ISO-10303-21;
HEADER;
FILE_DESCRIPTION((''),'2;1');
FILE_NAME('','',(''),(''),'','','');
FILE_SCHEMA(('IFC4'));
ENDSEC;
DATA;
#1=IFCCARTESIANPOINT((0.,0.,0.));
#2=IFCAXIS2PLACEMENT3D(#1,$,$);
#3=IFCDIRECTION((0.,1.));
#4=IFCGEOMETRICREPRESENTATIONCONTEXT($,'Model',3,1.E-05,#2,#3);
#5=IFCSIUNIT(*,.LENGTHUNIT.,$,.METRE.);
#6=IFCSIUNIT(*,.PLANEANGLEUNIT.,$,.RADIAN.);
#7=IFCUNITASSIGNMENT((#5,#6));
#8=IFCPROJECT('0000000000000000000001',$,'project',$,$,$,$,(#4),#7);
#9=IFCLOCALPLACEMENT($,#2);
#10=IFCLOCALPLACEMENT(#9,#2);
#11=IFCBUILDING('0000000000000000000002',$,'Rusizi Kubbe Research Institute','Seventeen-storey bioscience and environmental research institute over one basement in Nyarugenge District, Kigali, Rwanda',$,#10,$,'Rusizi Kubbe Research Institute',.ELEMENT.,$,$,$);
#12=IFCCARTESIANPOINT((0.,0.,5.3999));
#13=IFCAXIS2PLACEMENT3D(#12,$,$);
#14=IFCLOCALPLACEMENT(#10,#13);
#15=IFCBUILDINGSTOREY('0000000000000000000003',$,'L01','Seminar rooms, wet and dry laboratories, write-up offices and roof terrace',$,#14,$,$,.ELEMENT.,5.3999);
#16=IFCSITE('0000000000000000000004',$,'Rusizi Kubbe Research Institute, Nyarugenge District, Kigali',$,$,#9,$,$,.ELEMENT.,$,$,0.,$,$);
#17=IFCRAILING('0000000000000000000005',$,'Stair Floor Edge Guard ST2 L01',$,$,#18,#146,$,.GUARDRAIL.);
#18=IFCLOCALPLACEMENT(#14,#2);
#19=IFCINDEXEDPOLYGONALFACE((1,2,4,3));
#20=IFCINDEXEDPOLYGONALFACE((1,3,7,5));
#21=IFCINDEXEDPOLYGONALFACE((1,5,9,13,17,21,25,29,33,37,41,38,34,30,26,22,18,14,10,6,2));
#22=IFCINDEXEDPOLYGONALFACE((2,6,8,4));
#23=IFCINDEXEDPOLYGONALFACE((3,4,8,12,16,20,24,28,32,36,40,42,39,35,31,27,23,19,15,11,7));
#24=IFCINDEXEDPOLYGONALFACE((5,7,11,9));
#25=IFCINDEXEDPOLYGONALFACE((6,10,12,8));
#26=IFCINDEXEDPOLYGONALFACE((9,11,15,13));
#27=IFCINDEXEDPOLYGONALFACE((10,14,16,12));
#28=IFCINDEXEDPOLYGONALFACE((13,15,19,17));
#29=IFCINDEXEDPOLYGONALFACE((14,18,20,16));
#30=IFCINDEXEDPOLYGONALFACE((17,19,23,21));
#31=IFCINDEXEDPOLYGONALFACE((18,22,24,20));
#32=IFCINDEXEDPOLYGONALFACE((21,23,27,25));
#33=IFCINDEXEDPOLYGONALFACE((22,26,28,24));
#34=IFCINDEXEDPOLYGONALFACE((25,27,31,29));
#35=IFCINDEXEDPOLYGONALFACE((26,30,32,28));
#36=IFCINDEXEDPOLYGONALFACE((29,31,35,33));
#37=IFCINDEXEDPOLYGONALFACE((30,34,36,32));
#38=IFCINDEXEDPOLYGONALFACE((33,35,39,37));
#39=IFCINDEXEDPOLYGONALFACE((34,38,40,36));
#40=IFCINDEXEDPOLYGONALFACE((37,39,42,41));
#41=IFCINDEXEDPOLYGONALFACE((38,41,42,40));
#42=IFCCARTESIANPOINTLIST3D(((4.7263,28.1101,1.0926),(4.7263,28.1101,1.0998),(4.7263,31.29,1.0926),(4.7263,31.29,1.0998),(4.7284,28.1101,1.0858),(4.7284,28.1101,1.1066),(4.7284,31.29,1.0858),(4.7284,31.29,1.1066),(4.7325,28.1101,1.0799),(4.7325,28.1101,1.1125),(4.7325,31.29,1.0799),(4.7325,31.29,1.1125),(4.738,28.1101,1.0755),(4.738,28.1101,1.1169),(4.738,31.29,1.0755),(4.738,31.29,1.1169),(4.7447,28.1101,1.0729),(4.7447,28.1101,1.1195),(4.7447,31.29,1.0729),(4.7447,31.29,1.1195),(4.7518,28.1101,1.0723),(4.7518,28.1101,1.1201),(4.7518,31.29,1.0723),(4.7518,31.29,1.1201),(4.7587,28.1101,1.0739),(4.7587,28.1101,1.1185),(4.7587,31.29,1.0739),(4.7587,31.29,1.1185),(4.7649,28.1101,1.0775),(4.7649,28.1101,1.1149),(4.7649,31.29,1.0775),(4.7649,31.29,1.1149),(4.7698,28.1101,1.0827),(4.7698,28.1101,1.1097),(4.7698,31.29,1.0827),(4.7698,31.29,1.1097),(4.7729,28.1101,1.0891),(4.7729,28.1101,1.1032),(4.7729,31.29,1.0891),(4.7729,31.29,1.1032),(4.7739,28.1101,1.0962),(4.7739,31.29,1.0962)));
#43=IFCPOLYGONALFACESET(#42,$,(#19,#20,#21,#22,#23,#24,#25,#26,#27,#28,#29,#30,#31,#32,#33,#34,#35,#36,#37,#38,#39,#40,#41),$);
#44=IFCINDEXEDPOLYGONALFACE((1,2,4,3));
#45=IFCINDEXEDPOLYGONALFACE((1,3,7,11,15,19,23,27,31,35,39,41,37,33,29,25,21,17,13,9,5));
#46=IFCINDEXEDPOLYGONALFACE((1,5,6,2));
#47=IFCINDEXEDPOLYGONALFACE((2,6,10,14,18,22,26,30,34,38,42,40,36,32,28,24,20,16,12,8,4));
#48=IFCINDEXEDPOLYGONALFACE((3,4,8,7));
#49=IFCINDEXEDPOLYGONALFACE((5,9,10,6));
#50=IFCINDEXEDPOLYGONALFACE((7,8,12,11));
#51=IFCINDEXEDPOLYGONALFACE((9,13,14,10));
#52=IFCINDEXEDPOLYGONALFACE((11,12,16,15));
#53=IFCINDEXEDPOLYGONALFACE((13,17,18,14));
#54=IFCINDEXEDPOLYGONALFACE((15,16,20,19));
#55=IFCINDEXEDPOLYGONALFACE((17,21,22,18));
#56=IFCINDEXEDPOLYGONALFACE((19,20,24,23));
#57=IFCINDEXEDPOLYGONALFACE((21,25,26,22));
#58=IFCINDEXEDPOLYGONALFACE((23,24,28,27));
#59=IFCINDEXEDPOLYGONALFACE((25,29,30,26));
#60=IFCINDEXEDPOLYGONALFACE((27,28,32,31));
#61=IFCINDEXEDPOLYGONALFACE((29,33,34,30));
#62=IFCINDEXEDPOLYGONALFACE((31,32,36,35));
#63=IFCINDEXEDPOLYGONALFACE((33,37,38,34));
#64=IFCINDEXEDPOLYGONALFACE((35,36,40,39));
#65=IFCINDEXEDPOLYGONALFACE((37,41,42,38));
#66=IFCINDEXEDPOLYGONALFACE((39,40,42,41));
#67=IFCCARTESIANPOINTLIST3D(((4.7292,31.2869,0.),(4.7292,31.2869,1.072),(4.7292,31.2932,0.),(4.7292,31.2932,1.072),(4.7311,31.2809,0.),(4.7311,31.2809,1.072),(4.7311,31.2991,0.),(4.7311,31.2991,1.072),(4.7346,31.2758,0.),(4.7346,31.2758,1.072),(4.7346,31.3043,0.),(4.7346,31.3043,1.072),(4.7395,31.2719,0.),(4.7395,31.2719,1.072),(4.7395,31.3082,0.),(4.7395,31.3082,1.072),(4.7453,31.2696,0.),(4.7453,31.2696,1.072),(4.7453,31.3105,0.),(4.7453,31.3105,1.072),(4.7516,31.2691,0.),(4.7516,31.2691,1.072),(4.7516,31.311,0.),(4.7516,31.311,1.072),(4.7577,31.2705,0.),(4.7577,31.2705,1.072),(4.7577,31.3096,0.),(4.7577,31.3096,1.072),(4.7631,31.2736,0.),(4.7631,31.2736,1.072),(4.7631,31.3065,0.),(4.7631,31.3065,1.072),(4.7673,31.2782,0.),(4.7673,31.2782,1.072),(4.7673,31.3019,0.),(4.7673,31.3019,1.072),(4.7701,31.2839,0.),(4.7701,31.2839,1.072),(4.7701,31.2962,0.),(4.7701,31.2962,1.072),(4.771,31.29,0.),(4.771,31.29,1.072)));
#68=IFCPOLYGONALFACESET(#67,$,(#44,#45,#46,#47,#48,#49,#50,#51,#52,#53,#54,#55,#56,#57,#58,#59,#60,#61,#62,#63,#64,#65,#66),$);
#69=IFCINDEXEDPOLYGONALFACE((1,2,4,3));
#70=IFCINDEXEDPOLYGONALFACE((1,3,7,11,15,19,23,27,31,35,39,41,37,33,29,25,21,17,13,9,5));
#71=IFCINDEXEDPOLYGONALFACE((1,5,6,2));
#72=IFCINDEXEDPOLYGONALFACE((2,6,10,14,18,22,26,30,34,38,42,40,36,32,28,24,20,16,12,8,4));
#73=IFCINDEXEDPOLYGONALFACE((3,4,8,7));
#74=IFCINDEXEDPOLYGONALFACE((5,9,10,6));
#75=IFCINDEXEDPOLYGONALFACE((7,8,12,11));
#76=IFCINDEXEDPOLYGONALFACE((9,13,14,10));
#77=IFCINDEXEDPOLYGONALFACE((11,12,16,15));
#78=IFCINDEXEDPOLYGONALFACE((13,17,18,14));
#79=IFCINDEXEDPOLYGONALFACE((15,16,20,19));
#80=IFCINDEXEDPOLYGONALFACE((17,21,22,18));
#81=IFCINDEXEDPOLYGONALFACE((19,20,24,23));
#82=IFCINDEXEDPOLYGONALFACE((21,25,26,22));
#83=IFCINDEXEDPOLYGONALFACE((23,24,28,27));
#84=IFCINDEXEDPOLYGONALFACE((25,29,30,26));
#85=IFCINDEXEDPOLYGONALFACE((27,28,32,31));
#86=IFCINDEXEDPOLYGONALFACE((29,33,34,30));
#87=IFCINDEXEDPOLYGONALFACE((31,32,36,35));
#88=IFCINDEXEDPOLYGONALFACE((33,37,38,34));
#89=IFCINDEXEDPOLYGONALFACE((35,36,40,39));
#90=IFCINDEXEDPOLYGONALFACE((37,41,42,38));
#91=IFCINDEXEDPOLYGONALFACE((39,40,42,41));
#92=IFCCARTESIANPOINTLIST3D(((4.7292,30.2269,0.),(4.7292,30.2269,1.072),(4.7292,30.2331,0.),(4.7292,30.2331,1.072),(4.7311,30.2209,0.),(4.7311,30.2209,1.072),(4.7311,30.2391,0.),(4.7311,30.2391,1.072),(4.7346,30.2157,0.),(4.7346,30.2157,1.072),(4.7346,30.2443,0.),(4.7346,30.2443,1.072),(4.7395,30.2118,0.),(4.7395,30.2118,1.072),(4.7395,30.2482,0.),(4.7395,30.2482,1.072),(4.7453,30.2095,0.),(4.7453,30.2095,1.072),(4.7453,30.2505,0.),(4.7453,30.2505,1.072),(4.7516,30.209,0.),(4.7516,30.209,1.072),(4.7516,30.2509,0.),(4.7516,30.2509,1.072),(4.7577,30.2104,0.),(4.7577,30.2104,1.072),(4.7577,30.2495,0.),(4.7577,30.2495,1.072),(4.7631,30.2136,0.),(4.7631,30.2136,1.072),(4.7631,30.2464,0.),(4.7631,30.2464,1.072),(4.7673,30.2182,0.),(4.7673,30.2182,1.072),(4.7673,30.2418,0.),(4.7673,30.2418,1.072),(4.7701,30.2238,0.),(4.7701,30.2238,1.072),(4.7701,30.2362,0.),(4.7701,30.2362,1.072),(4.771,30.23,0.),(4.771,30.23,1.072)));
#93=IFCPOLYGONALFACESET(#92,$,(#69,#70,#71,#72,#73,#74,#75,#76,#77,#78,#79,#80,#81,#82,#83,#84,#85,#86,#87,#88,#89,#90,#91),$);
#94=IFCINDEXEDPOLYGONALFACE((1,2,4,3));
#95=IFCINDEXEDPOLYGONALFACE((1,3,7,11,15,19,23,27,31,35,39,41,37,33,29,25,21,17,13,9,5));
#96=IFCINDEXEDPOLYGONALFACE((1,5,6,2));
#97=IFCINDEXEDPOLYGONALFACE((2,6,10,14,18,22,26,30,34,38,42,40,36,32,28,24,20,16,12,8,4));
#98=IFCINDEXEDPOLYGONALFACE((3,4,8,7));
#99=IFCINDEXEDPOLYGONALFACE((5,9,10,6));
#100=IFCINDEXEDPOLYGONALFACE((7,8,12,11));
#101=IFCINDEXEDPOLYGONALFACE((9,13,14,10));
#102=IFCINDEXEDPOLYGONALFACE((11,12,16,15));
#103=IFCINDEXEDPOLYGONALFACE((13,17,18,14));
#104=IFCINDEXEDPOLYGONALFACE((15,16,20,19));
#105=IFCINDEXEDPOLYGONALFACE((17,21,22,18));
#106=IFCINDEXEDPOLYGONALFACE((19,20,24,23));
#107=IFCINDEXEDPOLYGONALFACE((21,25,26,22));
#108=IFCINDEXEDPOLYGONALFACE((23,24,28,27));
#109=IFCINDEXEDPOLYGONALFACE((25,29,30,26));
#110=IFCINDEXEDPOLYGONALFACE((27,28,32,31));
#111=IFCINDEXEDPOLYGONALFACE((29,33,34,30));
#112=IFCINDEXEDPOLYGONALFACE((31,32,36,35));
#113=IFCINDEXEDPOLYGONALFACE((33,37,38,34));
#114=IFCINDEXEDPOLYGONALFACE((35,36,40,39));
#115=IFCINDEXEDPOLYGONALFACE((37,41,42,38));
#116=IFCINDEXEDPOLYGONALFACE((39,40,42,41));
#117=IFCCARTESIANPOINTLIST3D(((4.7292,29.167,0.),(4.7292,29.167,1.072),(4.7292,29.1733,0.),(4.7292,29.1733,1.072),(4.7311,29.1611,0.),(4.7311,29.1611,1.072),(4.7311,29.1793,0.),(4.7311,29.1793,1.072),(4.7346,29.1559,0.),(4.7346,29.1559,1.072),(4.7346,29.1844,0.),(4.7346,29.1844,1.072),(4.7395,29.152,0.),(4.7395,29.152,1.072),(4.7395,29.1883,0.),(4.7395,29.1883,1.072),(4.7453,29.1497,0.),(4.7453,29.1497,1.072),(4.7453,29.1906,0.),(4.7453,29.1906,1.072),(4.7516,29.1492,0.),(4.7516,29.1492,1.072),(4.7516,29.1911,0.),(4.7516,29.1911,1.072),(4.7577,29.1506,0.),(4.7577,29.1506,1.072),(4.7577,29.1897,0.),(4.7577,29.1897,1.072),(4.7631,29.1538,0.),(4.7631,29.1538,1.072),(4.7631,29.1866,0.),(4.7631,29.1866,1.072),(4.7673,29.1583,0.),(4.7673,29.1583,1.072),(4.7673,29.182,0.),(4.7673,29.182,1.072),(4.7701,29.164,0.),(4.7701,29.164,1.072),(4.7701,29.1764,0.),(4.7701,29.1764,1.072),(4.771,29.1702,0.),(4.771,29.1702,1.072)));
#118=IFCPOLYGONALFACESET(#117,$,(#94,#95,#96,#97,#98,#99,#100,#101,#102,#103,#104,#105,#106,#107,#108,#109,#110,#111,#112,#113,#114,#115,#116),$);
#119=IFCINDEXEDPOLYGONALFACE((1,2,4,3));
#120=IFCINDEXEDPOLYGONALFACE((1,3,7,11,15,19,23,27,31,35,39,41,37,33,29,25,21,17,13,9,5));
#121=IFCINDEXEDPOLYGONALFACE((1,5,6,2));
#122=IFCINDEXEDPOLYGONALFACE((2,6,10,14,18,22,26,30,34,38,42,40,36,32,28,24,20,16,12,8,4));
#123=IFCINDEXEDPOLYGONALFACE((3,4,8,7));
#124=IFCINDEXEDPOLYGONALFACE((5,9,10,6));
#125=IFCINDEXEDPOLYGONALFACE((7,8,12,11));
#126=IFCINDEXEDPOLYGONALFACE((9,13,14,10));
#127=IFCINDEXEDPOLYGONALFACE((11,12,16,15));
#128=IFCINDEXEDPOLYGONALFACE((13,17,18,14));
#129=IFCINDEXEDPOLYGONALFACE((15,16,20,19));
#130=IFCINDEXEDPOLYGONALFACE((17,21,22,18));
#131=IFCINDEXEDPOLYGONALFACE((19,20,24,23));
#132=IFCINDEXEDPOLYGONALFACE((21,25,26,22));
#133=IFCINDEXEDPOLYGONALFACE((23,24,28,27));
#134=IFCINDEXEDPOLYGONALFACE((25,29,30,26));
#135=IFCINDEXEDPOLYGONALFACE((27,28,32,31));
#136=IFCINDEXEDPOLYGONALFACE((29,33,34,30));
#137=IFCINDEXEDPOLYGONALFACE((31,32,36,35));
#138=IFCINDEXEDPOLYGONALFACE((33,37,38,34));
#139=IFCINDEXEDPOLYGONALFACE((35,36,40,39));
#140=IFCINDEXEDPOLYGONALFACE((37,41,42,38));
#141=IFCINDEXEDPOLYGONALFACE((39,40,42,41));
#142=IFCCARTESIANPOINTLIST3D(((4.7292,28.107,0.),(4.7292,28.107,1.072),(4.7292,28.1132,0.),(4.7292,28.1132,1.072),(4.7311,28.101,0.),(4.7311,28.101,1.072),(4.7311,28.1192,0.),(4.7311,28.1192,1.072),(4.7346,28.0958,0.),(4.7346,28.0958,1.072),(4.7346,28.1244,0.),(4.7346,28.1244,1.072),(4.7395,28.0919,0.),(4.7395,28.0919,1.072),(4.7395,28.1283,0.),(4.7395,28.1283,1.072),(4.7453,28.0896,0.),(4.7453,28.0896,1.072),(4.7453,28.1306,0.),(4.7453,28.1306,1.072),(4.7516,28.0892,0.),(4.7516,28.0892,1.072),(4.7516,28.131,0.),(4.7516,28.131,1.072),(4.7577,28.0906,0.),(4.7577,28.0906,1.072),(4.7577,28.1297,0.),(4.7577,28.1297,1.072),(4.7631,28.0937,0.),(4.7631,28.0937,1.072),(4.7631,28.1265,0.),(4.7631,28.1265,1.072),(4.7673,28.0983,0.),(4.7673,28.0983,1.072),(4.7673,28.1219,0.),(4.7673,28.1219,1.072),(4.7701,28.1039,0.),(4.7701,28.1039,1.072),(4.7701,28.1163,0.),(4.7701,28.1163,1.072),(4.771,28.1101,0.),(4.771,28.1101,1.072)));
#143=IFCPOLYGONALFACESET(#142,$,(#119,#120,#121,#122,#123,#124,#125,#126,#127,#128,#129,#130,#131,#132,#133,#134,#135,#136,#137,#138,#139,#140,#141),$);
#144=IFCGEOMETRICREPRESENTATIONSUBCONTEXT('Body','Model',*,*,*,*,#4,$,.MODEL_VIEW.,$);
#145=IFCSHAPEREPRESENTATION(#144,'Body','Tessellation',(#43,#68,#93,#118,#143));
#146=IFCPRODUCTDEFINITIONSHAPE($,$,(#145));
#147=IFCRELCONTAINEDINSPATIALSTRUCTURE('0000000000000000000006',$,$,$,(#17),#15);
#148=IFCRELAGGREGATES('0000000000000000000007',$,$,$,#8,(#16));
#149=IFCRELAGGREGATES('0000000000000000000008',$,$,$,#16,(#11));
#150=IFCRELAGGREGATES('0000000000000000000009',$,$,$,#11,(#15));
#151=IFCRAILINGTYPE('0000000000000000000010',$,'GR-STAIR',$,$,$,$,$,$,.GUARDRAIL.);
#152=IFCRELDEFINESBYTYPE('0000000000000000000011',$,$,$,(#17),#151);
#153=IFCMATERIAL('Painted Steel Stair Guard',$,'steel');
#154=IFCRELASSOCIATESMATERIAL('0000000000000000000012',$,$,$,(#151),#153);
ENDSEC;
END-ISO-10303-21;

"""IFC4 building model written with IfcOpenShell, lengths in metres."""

from ifc_helpers import new_model, si_unit, direction, frame, origin, origin_2d, place, context, subcontext, project, spatial, circle, extrude, material, type_object, element, save


model = new_model("IFC4")

# Units and contexts
model_context = context("Model", 3, precision=1e-05, world=origin(), true_north=direction((0.0, 1.0)))
body_context = subcontext(model_context, "Body", "Model", "MODEL_VIEW")
ifc_project = project(units=[si_unit("LENGTHUNIT", "METRE"), si_unit("PLANEANGLEUNIT", "RADIAN")], contexts=[model_context])

# Site, building, storey
site_placement = place(None, origin())
site = spatial("IfcSite", under=ifc_project, at=site_placement, Name="Rusizi Kubbe Research Institute, Nyarugenge District, Kigali", CompositionType="ELEMENT", RefElevation=0.0)
building_placement = place(site_placement, origin())
building = spatial("IfcBuilding", under=site, at=building_placement, Name="Rusizi Kubbe Research Institute", Description="Seventeen-storey bioscience and environmental research institute over one basement in Nyarugenge District, Kigali, Rwanda", LongName="Rusizi Kubbe Research Institute", CompositionType="ELEMENT")
storey_placement = place(building_placement, frame((0.0, 0.0, 5.3999)))
storey = spatial("IfcBuildingStorey", under=building, at=storey_placement, Name="L01", Description="Seminar rooms, wet and dry laboratories, write-up offices and roof terrace", CompositionType="ELEMENT", Elevation=5.3999)

# Railing
ifc_material_1 = material(Name="Painted Steel Stair Guard", Category="steel")
railing_type = type_object("IfcRailingType", Name="GR-STAIR", PredefinedType="GUARDRAIL", material=ifc_material_1)
railing_1_placement = place(storey_placement, frame((4.75, 31.29, 0.0)))
element("IfcRailing", 1, at=railing_1_placement, inside=storey, type_object=railing_type, Name="Stair Floor Edge Guard ST2 L01", PredefinedType="GUARDRAIL", context=body_context, shape_type="SweptSolid", body=[
    extrude(circle(Radius=0.0239, at=origin_2d()), frame((0.0, 0.0, 1.0962), z_axis=(0.0, -1.0, 0.0), x_axis=(1.0, 0.0, 0.0)), (0.0, 0.0, 1.0), 3.1799),
    extrude(circle(Radius=0.021, at=origin_2d()), origin(), (0.0, 0.0, 1.0), 1.072),
    extrude(circle(Radius=0.021, at=origin_2d()), frame((0.0, -1.0601, 0.0)), (0.0, 0.0, 1.0), 1.072),
    extrude(circle(Radius=0.021, at=origin_2d()), frame((0.0, -2.1199, 0.0)), (0.0, 0.0, 1.0), 1.072),
    extrude(circle(Radius=0.021, at=origin_2d()), frame((0.0, -3.1799, 0.0)), (0.0, 0.0, 1.0), 1.072),
])

save(model, "model.ifc")
